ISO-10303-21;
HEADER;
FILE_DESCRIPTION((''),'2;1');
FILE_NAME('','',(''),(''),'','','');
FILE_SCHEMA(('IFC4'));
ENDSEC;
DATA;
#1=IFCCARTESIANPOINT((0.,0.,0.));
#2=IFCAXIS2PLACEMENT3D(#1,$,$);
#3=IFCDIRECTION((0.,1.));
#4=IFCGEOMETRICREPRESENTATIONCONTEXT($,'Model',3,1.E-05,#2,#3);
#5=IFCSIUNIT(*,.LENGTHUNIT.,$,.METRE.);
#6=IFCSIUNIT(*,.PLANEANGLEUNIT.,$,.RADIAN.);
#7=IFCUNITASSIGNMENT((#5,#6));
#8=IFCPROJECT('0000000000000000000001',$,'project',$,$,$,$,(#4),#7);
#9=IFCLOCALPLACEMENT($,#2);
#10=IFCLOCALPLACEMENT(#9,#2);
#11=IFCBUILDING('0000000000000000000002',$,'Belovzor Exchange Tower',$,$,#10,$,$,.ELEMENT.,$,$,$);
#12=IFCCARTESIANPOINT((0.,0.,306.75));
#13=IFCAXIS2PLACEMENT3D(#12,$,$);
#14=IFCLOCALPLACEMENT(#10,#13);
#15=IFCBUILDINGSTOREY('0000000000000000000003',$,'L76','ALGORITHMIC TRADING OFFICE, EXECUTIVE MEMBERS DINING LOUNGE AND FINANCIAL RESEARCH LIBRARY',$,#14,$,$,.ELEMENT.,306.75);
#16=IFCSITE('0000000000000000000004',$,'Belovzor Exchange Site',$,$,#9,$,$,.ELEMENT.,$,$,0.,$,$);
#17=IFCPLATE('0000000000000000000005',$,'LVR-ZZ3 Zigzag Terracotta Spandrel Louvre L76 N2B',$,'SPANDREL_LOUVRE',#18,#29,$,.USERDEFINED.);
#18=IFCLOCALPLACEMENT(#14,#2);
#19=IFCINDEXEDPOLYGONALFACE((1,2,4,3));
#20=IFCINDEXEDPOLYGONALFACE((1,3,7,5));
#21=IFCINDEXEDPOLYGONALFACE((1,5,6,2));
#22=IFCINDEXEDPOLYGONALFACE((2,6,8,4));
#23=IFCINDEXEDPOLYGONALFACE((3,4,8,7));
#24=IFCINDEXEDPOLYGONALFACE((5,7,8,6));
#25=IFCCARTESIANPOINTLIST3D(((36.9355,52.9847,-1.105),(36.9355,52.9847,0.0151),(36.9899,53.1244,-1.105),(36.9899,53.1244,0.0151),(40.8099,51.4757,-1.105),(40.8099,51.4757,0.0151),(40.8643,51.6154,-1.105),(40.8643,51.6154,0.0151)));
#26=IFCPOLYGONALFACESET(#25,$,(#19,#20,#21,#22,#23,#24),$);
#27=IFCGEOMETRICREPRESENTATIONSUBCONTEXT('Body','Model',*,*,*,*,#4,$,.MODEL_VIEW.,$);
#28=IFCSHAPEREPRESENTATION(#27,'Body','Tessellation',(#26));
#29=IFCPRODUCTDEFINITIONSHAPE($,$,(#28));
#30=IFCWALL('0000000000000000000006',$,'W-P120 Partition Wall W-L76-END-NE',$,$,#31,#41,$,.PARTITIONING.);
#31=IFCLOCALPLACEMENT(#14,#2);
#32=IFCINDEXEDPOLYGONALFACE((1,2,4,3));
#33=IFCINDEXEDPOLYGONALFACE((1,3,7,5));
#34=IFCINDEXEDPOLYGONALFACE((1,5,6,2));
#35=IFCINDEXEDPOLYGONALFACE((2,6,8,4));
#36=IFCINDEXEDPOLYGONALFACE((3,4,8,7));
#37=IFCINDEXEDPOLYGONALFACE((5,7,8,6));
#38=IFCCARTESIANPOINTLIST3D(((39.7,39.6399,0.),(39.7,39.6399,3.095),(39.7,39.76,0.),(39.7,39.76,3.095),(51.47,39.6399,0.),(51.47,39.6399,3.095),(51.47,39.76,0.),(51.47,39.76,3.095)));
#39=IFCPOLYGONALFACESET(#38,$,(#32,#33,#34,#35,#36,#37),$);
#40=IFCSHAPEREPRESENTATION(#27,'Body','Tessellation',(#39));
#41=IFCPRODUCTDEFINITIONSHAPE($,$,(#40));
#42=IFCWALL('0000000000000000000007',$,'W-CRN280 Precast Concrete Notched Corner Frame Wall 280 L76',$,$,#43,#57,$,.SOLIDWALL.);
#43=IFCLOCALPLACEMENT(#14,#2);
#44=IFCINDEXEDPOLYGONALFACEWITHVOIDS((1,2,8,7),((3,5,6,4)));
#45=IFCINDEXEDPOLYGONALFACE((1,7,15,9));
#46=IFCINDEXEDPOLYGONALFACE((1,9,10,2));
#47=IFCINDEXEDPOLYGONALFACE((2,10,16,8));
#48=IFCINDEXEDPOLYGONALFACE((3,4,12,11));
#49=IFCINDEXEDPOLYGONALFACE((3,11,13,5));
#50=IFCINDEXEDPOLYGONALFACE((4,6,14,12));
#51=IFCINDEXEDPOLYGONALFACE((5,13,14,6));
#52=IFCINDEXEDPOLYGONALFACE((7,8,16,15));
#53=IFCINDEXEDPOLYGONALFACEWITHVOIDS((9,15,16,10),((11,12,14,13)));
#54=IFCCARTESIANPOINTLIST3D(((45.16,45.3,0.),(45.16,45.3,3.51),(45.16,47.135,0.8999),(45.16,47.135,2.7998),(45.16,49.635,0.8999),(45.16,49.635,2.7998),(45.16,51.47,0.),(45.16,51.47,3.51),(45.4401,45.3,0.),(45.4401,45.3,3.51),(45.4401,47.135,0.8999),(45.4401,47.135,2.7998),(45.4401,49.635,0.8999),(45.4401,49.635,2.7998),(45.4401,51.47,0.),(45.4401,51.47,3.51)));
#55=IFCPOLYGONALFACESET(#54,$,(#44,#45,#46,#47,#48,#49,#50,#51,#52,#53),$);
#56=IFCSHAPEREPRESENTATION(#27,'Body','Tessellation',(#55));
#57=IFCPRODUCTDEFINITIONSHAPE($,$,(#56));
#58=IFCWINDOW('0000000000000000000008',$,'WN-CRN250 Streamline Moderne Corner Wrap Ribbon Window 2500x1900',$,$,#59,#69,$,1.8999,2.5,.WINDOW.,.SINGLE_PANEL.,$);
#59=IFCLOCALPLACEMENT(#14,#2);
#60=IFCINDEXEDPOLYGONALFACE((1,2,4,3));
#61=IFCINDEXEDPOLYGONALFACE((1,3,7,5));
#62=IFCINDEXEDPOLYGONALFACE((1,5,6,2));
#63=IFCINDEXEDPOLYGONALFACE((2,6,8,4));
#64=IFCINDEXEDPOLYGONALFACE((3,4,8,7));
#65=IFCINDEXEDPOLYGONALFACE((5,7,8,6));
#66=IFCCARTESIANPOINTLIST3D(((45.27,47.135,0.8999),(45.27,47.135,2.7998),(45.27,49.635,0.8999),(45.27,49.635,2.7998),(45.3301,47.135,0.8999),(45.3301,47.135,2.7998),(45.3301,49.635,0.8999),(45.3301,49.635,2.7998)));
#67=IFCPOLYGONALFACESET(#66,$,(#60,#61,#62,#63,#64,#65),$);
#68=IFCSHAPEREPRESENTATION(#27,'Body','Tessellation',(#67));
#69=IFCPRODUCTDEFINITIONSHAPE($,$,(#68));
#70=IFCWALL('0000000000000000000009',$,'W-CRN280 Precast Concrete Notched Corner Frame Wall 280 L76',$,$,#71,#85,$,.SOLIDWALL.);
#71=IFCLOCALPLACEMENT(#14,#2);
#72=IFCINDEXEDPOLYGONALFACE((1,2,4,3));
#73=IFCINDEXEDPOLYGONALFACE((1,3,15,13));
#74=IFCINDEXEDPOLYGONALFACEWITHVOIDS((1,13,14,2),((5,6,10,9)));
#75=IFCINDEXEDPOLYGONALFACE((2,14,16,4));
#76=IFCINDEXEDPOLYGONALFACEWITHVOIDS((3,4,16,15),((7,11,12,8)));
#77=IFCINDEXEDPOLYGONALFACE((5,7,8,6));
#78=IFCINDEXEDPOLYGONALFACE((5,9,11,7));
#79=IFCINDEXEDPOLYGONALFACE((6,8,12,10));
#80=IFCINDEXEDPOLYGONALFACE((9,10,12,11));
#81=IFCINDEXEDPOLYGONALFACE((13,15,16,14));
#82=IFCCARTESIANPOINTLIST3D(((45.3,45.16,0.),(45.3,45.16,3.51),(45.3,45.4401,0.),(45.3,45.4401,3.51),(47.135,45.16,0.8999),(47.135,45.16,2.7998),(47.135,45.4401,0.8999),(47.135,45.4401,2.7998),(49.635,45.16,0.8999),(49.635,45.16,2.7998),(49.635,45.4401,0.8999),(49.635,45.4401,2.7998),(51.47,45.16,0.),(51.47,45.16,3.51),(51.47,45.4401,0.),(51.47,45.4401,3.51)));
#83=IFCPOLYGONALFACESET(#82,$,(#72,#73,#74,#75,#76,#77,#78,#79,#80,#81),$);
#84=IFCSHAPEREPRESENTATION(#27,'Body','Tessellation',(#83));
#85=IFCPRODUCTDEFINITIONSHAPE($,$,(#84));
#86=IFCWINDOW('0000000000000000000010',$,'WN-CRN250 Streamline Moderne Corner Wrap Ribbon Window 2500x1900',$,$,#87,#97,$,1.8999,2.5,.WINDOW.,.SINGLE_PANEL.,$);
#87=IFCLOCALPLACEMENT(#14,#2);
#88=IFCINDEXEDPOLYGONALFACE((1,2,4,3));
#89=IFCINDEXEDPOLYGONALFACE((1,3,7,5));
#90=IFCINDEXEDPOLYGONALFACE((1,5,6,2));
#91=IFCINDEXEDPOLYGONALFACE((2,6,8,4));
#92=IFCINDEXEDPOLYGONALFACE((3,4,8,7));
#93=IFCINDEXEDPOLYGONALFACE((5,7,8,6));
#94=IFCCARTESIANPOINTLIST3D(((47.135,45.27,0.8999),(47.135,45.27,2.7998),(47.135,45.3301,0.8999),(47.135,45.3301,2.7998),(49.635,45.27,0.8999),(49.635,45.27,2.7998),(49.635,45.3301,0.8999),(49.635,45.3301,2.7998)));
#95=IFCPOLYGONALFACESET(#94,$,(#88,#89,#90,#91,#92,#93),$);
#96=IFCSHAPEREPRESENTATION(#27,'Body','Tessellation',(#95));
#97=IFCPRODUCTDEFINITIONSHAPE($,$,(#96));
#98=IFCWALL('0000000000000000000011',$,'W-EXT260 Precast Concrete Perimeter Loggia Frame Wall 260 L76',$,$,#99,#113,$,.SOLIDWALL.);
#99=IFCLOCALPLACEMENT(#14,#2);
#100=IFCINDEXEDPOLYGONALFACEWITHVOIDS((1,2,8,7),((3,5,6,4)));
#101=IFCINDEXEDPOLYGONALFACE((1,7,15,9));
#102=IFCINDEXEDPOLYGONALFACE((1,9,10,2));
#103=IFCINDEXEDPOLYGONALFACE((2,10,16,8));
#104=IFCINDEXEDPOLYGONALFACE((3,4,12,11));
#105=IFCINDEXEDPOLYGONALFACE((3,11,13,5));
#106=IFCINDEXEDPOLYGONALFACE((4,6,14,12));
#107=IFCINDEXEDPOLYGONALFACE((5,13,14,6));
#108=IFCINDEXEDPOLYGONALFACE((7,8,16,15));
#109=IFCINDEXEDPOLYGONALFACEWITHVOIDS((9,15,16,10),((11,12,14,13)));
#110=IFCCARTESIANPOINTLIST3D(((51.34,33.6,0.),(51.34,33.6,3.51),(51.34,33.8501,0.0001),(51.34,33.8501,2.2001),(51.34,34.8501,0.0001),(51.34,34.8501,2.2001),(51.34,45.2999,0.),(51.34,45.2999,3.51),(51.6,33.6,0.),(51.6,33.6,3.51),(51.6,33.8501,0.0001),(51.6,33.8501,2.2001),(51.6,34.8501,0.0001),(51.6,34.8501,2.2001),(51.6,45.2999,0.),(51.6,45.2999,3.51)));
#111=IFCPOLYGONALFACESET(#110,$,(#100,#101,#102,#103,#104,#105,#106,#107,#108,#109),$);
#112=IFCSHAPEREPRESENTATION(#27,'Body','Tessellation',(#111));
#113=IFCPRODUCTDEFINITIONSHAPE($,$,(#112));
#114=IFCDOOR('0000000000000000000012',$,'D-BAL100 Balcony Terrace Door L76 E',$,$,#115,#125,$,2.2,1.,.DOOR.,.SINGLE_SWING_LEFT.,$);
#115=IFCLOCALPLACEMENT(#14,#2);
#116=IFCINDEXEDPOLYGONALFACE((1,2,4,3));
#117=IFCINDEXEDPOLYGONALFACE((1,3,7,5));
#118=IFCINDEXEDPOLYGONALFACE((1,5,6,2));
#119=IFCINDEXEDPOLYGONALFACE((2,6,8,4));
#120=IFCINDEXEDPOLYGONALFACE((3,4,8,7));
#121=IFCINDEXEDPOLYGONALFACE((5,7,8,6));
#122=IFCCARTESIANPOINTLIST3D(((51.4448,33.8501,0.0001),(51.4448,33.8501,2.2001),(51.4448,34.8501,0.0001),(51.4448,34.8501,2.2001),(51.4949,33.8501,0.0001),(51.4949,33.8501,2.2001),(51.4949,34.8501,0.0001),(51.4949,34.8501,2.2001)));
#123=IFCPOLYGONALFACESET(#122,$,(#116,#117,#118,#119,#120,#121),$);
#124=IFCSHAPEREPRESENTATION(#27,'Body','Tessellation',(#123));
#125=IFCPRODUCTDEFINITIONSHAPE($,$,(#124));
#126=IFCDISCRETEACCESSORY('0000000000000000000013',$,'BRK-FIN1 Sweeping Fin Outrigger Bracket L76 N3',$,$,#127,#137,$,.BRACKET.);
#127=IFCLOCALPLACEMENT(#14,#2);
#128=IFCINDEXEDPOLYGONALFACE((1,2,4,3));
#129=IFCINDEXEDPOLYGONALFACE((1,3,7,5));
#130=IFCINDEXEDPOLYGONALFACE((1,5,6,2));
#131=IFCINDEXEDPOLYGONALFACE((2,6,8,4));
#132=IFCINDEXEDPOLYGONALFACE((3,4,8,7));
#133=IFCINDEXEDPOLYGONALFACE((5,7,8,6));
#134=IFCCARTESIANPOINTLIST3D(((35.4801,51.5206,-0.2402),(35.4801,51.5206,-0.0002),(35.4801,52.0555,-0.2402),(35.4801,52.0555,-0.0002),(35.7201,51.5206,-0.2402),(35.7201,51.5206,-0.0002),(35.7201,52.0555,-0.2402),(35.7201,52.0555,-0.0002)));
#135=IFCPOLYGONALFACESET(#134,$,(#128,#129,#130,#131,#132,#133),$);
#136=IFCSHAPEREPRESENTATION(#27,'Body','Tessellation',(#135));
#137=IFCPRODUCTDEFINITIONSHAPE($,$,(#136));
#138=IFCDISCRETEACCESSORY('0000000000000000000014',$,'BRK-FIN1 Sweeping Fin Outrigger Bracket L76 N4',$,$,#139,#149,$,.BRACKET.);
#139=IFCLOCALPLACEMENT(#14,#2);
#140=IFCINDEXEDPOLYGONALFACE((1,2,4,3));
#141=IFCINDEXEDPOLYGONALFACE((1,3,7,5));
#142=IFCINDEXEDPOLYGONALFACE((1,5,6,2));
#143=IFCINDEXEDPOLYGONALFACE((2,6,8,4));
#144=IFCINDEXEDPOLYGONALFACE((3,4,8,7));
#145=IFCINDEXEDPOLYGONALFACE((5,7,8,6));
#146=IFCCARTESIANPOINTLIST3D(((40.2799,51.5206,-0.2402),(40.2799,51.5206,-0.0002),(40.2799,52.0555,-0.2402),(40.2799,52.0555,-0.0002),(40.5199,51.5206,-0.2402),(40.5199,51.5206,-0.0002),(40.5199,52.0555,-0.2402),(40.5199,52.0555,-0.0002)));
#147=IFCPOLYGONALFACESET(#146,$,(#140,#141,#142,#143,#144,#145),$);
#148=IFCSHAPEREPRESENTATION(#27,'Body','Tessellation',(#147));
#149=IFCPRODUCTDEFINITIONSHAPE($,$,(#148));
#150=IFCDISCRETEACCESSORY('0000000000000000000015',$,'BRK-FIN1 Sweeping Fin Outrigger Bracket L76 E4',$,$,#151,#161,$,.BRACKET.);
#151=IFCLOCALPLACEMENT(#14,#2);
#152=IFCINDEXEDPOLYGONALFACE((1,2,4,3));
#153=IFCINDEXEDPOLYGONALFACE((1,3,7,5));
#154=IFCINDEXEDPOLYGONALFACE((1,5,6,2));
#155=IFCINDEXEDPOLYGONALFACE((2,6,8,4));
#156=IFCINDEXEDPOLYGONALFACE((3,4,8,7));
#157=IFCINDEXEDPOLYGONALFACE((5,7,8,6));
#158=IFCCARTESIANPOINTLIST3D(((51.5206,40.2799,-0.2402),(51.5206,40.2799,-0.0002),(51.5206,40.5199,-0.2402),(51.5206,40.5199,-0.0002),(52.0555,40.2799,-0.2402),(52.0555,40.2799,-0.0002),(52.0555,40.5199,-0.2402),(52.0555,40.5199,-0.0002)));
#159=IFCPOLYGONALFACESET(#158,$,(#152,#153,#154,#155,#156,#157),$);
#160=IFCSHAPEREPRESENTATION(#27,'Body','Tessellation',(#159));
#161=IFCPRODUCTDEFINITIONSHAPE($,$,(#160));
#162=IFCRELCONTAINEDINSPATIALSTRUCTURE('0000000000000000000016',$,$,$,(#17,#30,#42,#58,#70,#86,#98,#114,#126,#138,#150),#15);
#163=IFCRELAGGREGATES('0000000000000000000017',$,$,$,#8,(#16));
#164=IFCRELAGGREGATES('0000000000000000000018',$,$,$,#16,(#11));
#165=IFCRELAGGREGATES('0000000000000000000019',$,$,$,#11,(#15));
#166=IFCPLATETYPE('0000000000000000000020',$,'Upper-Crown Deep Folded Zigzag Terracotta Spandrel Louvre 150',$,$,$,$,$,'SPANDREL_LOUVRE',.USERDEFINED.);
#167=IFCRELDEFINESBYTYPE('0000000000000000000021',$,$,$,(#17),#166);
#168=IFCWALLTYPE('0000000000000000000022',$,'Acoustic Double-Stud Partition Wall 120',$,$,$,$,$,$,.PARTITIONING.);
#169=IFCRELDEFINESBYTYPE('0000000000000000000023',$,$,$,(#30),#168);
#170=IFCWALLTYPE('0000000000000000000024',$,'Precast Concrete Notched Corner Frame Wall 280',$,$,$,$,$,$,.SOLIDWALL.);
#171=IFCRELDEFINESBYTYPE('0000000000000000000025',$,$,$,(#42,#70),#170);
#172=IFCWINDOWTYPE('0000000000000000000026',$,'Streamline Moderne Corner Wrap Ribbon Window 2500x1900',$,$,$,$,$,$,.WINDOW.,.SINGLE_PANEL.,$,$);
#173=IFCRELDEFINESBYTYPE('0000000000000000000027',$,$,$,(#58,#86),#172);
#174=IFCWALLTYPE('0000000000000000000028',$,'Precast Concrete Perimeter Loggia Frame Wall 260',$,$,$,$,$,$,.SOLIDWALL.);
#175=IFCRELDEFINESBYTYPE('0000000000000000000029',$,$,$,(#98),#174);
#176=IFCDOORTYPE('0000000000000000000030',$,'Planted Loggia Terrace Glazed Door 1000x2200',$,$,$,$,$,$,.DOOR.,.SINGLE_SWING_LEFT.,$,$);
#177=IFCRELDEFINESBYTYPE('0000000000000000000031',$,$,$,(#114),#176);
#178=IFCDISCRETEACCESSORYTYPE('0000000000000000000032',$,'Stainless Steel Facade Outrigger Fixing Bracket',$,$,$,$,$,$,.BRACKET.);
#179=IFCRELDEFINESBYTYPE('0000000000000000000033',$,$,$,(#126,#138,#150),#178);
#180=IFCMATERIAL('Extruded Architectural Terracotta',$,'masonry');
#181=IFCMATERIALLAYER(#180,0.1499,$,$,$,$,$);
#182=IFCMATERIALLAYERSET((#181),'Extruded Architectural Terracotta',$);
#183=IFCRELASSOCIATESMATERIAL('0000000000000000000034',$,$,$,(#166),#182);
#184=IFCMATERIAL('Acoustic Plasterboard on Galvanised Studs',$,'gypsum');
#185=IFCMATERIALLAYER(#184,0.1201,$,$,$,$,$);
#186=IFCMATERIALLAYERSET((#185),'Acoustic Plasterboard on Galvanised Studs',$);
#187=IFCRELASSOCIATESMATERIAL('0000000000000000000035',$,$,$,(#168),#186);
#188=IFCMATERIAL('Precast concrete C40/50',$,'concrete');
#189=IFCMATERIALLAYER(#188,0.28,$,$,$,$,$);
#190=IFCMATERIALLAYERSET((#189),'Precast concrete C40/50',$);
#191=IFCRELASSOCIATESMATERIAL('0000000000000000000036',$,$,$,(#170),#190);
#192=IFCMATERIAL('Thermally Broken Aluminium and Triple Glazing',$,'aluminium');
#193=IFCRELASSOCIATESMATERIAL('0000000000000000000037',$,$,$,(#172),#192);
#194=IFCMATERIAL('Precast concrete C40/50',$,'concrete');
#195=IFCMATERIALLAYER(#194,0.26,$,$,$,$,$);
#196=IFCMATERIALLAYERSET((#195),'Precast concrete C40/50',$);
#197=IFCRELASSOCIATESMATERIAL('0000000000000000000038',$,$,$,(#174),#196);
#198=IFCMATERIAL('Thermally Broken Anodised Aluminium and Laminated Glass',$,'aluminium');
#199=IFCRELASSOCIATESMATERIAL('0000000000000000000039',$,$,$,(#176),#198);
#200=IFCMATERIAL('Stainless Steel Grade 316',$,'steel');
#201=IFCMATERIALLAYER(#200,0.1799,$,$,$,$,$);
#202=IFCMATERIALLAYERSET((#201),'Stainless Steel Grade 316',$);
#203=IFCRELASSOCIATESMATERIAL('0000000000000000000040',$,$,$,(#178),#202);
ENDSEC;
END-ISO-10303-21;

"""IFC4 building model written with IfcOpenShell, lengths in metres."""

from ifc_helpers import new_model, si_unit, direction, frame, frame_2d, origin, origin_2d, place, context, subcontext, project, spatial, rectangle, extrude, material, layer, layer_set, type_object, element, fill, save


model = new_model("IFC4")

# Units and contexts
model_context = context("Model", 3, precision=1e-05, world=origin(), true_north=direction((0.0, 1.0)))
body_context = subcontext(model_context, "Body", "Model", "MODEL_VIEW")
ifc_project = project(units=[si_unit("LENGTHUNIT", "METRE"), si_unit("PLANEANGLEUNIT", "RADIAN")], contexts=[model_context])

# Site, building, storey
site_placement = place(None, origin())
site = spatial("IfcSite", under=ifc_project, at=site_placement, Name="Belovzor Exchange Site", CompositionType="ELEMENT", RefElevation=0.0)
building_placement = place(site_placement, origin())
building = spatial("IfcBuilding", under=site, at=building_placement, Name="Belovzor Exchange Tower", CompositionType="ELEMENT")
storey_placement = place(building_placement, frame((0.0, 0.0, 306.75)))
storey = spatial("IfcBuildingStorey", under=building, at=storey_placement, Name="L76", Description="ALGORITHMIC TRADING OFFICE, EXECUTIVE MEMBERS DINING LOUNGE AND FINANCIAL RESEARCH LIBRARY", CompositionType="ELEMENT", Elevation=306.75)

# Plate
ifc_material_1 = material(Name="Extruded Architectural Terracotta", Category="masonry")
ifc_layer_1 = layer(ifc_material_1, 0.1499)
ifc_layer_set_1 = layer_set([ifc_layer_1], Name="Extruded Architectural Terracotta")
plate_type = type_object("IfcPlateType", Name="Upper-Crown Deep Folded Zigzag Terracotta Spandrel Louvre 150", ElementType="SPANDREL_LOUVRE", PredefinedType="USERDEFINED", material=ifc_layer_set_1)
plate_placement = place(storey_placement, frame((38.8999, 52.3, -1.105), z_axis=(0.0, 0.0, 1.0), x_axis=(0.931818, -0.362926, 0.0)))
element("IfcPlate", 1, at=plate_placement, inside=storey, type_object=plate_type, Name="LVR-ZZ3 Zigzag Terracotta Spandrel Louvre L76 N2B", ObjectType="SPANDREL_LOUVRE", PredefinedType="USERDEFINED", context=body_context, shape_type="SweptSolid", body=[
    extrude(rectangle(XDim=4.158, YDim=0.1499, at=origin_2d()), origin(), (0.0, 0.0, 1.0), 1.1201),
])

# Wall
ifc_material_2 = material(Name="Acoustic Plasterboard on Galvanised Studs", Category="gypsum")
ifc_layer_2 = layer(ifc_material_2, 0.1201)
ifc_layer_set_2 = layer_set([ifc_layer_2], Name="Acoustic Plasterboard on Galvanised Studs")
wall_type_1 = type_object("IfcWallType", Name="Acoustic Double-Stud Partition Wall 120", PredefinedType="PARTITIONING", material=ifc_layer_set_2)
wall_1_placement = place(storey_placement, frame((39.7, 39.7, 0.0), z_axis=(0.0, 0.0, 1.0), x_axis=(1.0, 0.0, 0.0)))
element("IfcWall", 2, at=wall_1_placement, inside=storey, type_object=wall_type_1, Name="W-P120 Partition Wall W-L76-END-NE", PredefinedType="PARTITIONING", context=body_context, shape_type="SweptSolid", body=[
    extrude(rectangle(XDim=11.77, YDim=0.1201, at=frame_2d((5.885, 0.0))), origin(), (0.0, 0.0, 1.0), 3.095),
])

# Walls, openings, windows
ifc_material_3 = material(Name="Precast concrete C40/50", Category="concrete")
ifc_layer_3 = layer(ifc_material_3, 0.28)
ifc_layer_set_3 = layer_set([ifc_layer_3], Name="Precast concrete C40/50")
wall_type_2 = type_object("IfcWallType", Name="Precast Concrete Notched Corner Frame Wall 280", PredefinedType="SOLIDWALL", material=ifc_layer_set_3)
wall_2_placement = place(storey_placement, frame((45.3, 51.47, 0.0), z_axis=(0.0, 0.0, 1.0), x_axis=(0.0, -1.0, 0.0)))
wall_2 = element("IfcWall", 3, at=wall_2_placement, inside=storey, type_object=wall_type_2, Name="W-CRN280 Precast Concrete Notched Corner Frame Wall 280 L76", PredefinedType="SOLIDWALL", context=body_context, shape_type="SweptSolid", body=[
    extrude(rectangle(XDim=6.1699, YDim=0.28, at=frame_2d((3.085, 0.0))), origin(), (0.0, 0.0, 1.0), 3.51),
])
opening_1_placement = place(wall_2_placement, frame((1.835, 0.0, 0.8999)))
opening_1 = element("IfcOpeningElement", 4, at=opening_1_placement, cuts=wall_2, PredefinedType="OPENING", context=body_context, shape_type="SweptSolid", body=[
    extrude(rectangle(XDim=2.5, YDim=1.8999, at=frame_2d((1.25, 0.95))), frame((0.0, 0.1499, 0.0), z_axis=(0.0, -1.0, 0.0), x_axis=(1.0, 0.0, 0.0)), (0.0, 0.0, 1.0), 0.3),
])
ifc_material_4 = material(Name="Thermally Broken Aluminium and Triple Glazing", Category="aluminium")
window_type = type_object("IfcWindowType", Name="Streamline Moderne Corner Wrap Ribbon Window 2500x1900", PartitioningType="SINGLE_PANEL", PredefinedType="WINDOW", material=ifc_material_4)
window_1_placement = place(opening_1_placement, origin())
window_1 = element("IfcWindow", 5, at=window_1_placement, inside=storey, type_object=window_type, Name="WN-CRN250 Streamline Moderne Corner Wrap Ribbon Window 2500x1900", OverallHeight=1.8999, OverallWidth=2.5, PartitioningType="SINGLE_PANEL", PredefinedType="WINDOW", context=body_context, shape_type="SweptSolid", body=[
    extrude(rectangle(XDim=2.5, YDim=1.8999, at=frame_2d((1.25, 0.95))), frame((0.0, 0.03, 0.0), z_axis=(0.0, -1.0, 0.0), x_axis=(1.0, 0.0, 0.0)), (0.0, 0.0, 1.0), 0.0601),
])
fill(opening_1, window_1)
wall_3_placement = place(storey_placement, frame((45.3, 45.3, 0.0), z_axis=(0.0, 0.0, 1.0), x_axis=(1.0, 0.0, 0.0)))
wall_3 = element("IfcWall", 6, at=wall_3_placement, inside=storey, type_object=wall_type_2, Name="W-CRN280 Precast Concrete Notched Corner Frame Wall 280 L76", PredefinedType="SOLIDWALL", context=body_context, shape_type="SweptSolid", body=[
    extrude(rectangle(XDim=6.1699, YDim=0.28, at=frame_2d((3.085, 0.0))), origin(), (0.0, 0.0, 1.0), 3.51),
])
opening_2_placement = place(wall_3_placement, frame((1.835, 0.0, 0.8999)))
opening_2 = element("IfcOpeningElement", 7, at=opening_2_placement, cuts=wall_3, PredefinedType="OPENING", context=body_context, shape_type="SweptSolid", body=[
    extrude(rectangle(XDim=2.5, YDim=1.8999, at=frame_2d((1.25, 0.95))), frame((0.0, 0.1499, 0.0), z_axis=(0.0, -1.0, 0.0), x_axis=(1.0, 0.0, 0.0)), (0.0, 0.0, 1.0), 0.3),
])
window_2_placement = place(opening_2_placement, origin())
window_2 = element("IfcWindow", 8, at=window_2_placement, inside=storey, type_object=window_type, Name="WN-CRN250 Streamline Moderne Corner Wrap Ribbon Window 2500x1900", OverallHeight=1.8999, OverallWidth=2.5, PartitioningType="SINGLE_PANEL", PredefinedType="WINDOW", context=body_context, shape_type="SweptSolid", body=[
    extrude(rectangle(XDim=2.5, YDim=1.8999, at=frame_2d((1.25, 0.95))), frame((0.0, 0.03, 0.0), z_axis=(0.0, -1.0, 0.0), x_axis=(1.0, 0.0, 0.0)), (0.0, 0.0, 1.0), 0.0601),
])
fill(opening_2, window_2)

# Wall, opening, door
ifc_material_5 = material(Name="Precast concrete C40/50", Category="concrete")
ifc_layer_4 = layer(ifc_material_5, 0.26)
ifc_layer_set_4 = layer_set([ifc_layer_4], Name="Precast concrete C40/50")
wall_type_3 = type_object("IfcWallType", Name="Precast Concrete Perimeter Loggia Frame Wall 260", PredefinedType="SOLIDWALL", material=ifc_layer_set_4)
wall_4_placement = place(storey_placement, frame((51.47, 45.3, 0.0), z_axis=(0.0, 0.0, 1.0), x_axis=(0.0, -1.0, 0.0)))
wall_4 = element("IfcWall", 9, at=wall_4_placement, inside=storey, type_object=wall_type_3, Name="W-EXT260 Precast Concrete Perimeter Loggia Frame Wall 260 L76", PredefinedType="SOLIDWALL", context=body_context, shape_type="SweptSolid", body=[
    extrude(rectangle(XDim=11.7, YDim=0.26, at=frame_2d((5.8501, 0.0))), origin(), (0.0, 0.0, 1.0), 3.51),
])
opening_3_placement = place(wall_4_placement, frame((10.45, 0.0, 0.0)))
opening_3 = element("IfcOpeningElement", 10, at=opening_3_placement, cuts=wall_4, PredefinedType="OPENING", context=body_context, shape_type="SweptSolid", body=[
    extrude(rectangle(XDim=1.0, YDim=2.2, at=frame_2d((0.5, 1.1001))), frame((0.0, 0.1399, 0.0), z_axis=(0.0, -1.0, 0.0), x_axis=(1.0, 0.0, 0.0)), (0.0, 0.0, 1.0), 0.28),
])
ifc_material_6 = material(Name="Thermally Broken Anodised Aluminium and Laminated Glass", Category="aluminium")
door_type = type_object("IfcDoorType", Name="Planted Loggia Terrace Glazed Door 1000x2200", OperationType="SINGLE_SWING_LEFT", PredefinedType="DOOR", material=ifc_material_6)
door_placement = place(opening_3_placement, origin())
door = element("IfcDoor", 11, at=door_placement, inside=storey, type_object=door_type, Name="D-BAL100 Balcony Terrace Door L76 E", OperationType="SINGLE_SWING_LEFT", OverallHeight=2.2, OverallWidth=1.0, PredefinedType="DOOR", context=body_context, shape_type="SweptSolid", body=[
    extrude(rectangle(XDim=1.0, YDim=2.2, at=frame_2d((0.5, 1.1001))), frame((0.0, 0.0249, 0.0), z_axis=(0.0, -1.0, 0.0), x_axis=(1.0, 0.0, 0.0)), (0.0, 0.0, 1.0), 0.05),
])
fill(opening_3, door)

# Discrete accessories
ifc_material_7 = material(Name="Stainless Steel Grade 316", Category="steel")
ifc_layer_5 = layer(ifc_material_7, 0.1799)
ifc_layer_set_5 = layer_set([ifc_layer_5], Name="Stainless Steel Grade 316")
discrete_accessory_type = type_object("IfcDiscreteAccessoryType", Name="Stainless Steel Facade Outrigger Fixing Bracket", PredefinedType="BRACKET", material=ifc_layer_set_5)
for number, where, z_axis, x_axis, name in (
    (12, (35.6001, 51.7881, -0.2402), (0.0, 0.0, 1.0), (0.0, 1.0, 0.0), "BRK-FIN1 Sweeping Fin Outrigger Bracket L76 N3"),
    (13, (40.3999, 51.7881, -0.2402), (0.0, 0.0, 1.0), (0.0, 1.0, 0.0), "BRK-FIN1 Sweeping Fin Outrigger Bracket L76 N4"),
    (14, (51.7881, 40.3999, -0.2402), (0.0, 0.0, 1.0), (1.0, 0.0, 0.0), "BRK-FIN1 Sweeping Fin Outrigger Bracket L76 E4"),
):
    element("IfcDiscreteAccessory", number, at=place(storey_placement, frame(where, z_axis=z_axis, x_axis=x_axis)), inside=storey, type_object=discrete_accessory_type, Name=name, PredefinedType="BRACKET", context=body_context, shape_type="SweptSolid", body=[
        extrude(rectangle(XDim=0.5349, YDim=0.24, at=origin_2d()), origin(), (0.0, 0.0, 1.0), 0.24),
    ])

save(model, "model.ifc")
